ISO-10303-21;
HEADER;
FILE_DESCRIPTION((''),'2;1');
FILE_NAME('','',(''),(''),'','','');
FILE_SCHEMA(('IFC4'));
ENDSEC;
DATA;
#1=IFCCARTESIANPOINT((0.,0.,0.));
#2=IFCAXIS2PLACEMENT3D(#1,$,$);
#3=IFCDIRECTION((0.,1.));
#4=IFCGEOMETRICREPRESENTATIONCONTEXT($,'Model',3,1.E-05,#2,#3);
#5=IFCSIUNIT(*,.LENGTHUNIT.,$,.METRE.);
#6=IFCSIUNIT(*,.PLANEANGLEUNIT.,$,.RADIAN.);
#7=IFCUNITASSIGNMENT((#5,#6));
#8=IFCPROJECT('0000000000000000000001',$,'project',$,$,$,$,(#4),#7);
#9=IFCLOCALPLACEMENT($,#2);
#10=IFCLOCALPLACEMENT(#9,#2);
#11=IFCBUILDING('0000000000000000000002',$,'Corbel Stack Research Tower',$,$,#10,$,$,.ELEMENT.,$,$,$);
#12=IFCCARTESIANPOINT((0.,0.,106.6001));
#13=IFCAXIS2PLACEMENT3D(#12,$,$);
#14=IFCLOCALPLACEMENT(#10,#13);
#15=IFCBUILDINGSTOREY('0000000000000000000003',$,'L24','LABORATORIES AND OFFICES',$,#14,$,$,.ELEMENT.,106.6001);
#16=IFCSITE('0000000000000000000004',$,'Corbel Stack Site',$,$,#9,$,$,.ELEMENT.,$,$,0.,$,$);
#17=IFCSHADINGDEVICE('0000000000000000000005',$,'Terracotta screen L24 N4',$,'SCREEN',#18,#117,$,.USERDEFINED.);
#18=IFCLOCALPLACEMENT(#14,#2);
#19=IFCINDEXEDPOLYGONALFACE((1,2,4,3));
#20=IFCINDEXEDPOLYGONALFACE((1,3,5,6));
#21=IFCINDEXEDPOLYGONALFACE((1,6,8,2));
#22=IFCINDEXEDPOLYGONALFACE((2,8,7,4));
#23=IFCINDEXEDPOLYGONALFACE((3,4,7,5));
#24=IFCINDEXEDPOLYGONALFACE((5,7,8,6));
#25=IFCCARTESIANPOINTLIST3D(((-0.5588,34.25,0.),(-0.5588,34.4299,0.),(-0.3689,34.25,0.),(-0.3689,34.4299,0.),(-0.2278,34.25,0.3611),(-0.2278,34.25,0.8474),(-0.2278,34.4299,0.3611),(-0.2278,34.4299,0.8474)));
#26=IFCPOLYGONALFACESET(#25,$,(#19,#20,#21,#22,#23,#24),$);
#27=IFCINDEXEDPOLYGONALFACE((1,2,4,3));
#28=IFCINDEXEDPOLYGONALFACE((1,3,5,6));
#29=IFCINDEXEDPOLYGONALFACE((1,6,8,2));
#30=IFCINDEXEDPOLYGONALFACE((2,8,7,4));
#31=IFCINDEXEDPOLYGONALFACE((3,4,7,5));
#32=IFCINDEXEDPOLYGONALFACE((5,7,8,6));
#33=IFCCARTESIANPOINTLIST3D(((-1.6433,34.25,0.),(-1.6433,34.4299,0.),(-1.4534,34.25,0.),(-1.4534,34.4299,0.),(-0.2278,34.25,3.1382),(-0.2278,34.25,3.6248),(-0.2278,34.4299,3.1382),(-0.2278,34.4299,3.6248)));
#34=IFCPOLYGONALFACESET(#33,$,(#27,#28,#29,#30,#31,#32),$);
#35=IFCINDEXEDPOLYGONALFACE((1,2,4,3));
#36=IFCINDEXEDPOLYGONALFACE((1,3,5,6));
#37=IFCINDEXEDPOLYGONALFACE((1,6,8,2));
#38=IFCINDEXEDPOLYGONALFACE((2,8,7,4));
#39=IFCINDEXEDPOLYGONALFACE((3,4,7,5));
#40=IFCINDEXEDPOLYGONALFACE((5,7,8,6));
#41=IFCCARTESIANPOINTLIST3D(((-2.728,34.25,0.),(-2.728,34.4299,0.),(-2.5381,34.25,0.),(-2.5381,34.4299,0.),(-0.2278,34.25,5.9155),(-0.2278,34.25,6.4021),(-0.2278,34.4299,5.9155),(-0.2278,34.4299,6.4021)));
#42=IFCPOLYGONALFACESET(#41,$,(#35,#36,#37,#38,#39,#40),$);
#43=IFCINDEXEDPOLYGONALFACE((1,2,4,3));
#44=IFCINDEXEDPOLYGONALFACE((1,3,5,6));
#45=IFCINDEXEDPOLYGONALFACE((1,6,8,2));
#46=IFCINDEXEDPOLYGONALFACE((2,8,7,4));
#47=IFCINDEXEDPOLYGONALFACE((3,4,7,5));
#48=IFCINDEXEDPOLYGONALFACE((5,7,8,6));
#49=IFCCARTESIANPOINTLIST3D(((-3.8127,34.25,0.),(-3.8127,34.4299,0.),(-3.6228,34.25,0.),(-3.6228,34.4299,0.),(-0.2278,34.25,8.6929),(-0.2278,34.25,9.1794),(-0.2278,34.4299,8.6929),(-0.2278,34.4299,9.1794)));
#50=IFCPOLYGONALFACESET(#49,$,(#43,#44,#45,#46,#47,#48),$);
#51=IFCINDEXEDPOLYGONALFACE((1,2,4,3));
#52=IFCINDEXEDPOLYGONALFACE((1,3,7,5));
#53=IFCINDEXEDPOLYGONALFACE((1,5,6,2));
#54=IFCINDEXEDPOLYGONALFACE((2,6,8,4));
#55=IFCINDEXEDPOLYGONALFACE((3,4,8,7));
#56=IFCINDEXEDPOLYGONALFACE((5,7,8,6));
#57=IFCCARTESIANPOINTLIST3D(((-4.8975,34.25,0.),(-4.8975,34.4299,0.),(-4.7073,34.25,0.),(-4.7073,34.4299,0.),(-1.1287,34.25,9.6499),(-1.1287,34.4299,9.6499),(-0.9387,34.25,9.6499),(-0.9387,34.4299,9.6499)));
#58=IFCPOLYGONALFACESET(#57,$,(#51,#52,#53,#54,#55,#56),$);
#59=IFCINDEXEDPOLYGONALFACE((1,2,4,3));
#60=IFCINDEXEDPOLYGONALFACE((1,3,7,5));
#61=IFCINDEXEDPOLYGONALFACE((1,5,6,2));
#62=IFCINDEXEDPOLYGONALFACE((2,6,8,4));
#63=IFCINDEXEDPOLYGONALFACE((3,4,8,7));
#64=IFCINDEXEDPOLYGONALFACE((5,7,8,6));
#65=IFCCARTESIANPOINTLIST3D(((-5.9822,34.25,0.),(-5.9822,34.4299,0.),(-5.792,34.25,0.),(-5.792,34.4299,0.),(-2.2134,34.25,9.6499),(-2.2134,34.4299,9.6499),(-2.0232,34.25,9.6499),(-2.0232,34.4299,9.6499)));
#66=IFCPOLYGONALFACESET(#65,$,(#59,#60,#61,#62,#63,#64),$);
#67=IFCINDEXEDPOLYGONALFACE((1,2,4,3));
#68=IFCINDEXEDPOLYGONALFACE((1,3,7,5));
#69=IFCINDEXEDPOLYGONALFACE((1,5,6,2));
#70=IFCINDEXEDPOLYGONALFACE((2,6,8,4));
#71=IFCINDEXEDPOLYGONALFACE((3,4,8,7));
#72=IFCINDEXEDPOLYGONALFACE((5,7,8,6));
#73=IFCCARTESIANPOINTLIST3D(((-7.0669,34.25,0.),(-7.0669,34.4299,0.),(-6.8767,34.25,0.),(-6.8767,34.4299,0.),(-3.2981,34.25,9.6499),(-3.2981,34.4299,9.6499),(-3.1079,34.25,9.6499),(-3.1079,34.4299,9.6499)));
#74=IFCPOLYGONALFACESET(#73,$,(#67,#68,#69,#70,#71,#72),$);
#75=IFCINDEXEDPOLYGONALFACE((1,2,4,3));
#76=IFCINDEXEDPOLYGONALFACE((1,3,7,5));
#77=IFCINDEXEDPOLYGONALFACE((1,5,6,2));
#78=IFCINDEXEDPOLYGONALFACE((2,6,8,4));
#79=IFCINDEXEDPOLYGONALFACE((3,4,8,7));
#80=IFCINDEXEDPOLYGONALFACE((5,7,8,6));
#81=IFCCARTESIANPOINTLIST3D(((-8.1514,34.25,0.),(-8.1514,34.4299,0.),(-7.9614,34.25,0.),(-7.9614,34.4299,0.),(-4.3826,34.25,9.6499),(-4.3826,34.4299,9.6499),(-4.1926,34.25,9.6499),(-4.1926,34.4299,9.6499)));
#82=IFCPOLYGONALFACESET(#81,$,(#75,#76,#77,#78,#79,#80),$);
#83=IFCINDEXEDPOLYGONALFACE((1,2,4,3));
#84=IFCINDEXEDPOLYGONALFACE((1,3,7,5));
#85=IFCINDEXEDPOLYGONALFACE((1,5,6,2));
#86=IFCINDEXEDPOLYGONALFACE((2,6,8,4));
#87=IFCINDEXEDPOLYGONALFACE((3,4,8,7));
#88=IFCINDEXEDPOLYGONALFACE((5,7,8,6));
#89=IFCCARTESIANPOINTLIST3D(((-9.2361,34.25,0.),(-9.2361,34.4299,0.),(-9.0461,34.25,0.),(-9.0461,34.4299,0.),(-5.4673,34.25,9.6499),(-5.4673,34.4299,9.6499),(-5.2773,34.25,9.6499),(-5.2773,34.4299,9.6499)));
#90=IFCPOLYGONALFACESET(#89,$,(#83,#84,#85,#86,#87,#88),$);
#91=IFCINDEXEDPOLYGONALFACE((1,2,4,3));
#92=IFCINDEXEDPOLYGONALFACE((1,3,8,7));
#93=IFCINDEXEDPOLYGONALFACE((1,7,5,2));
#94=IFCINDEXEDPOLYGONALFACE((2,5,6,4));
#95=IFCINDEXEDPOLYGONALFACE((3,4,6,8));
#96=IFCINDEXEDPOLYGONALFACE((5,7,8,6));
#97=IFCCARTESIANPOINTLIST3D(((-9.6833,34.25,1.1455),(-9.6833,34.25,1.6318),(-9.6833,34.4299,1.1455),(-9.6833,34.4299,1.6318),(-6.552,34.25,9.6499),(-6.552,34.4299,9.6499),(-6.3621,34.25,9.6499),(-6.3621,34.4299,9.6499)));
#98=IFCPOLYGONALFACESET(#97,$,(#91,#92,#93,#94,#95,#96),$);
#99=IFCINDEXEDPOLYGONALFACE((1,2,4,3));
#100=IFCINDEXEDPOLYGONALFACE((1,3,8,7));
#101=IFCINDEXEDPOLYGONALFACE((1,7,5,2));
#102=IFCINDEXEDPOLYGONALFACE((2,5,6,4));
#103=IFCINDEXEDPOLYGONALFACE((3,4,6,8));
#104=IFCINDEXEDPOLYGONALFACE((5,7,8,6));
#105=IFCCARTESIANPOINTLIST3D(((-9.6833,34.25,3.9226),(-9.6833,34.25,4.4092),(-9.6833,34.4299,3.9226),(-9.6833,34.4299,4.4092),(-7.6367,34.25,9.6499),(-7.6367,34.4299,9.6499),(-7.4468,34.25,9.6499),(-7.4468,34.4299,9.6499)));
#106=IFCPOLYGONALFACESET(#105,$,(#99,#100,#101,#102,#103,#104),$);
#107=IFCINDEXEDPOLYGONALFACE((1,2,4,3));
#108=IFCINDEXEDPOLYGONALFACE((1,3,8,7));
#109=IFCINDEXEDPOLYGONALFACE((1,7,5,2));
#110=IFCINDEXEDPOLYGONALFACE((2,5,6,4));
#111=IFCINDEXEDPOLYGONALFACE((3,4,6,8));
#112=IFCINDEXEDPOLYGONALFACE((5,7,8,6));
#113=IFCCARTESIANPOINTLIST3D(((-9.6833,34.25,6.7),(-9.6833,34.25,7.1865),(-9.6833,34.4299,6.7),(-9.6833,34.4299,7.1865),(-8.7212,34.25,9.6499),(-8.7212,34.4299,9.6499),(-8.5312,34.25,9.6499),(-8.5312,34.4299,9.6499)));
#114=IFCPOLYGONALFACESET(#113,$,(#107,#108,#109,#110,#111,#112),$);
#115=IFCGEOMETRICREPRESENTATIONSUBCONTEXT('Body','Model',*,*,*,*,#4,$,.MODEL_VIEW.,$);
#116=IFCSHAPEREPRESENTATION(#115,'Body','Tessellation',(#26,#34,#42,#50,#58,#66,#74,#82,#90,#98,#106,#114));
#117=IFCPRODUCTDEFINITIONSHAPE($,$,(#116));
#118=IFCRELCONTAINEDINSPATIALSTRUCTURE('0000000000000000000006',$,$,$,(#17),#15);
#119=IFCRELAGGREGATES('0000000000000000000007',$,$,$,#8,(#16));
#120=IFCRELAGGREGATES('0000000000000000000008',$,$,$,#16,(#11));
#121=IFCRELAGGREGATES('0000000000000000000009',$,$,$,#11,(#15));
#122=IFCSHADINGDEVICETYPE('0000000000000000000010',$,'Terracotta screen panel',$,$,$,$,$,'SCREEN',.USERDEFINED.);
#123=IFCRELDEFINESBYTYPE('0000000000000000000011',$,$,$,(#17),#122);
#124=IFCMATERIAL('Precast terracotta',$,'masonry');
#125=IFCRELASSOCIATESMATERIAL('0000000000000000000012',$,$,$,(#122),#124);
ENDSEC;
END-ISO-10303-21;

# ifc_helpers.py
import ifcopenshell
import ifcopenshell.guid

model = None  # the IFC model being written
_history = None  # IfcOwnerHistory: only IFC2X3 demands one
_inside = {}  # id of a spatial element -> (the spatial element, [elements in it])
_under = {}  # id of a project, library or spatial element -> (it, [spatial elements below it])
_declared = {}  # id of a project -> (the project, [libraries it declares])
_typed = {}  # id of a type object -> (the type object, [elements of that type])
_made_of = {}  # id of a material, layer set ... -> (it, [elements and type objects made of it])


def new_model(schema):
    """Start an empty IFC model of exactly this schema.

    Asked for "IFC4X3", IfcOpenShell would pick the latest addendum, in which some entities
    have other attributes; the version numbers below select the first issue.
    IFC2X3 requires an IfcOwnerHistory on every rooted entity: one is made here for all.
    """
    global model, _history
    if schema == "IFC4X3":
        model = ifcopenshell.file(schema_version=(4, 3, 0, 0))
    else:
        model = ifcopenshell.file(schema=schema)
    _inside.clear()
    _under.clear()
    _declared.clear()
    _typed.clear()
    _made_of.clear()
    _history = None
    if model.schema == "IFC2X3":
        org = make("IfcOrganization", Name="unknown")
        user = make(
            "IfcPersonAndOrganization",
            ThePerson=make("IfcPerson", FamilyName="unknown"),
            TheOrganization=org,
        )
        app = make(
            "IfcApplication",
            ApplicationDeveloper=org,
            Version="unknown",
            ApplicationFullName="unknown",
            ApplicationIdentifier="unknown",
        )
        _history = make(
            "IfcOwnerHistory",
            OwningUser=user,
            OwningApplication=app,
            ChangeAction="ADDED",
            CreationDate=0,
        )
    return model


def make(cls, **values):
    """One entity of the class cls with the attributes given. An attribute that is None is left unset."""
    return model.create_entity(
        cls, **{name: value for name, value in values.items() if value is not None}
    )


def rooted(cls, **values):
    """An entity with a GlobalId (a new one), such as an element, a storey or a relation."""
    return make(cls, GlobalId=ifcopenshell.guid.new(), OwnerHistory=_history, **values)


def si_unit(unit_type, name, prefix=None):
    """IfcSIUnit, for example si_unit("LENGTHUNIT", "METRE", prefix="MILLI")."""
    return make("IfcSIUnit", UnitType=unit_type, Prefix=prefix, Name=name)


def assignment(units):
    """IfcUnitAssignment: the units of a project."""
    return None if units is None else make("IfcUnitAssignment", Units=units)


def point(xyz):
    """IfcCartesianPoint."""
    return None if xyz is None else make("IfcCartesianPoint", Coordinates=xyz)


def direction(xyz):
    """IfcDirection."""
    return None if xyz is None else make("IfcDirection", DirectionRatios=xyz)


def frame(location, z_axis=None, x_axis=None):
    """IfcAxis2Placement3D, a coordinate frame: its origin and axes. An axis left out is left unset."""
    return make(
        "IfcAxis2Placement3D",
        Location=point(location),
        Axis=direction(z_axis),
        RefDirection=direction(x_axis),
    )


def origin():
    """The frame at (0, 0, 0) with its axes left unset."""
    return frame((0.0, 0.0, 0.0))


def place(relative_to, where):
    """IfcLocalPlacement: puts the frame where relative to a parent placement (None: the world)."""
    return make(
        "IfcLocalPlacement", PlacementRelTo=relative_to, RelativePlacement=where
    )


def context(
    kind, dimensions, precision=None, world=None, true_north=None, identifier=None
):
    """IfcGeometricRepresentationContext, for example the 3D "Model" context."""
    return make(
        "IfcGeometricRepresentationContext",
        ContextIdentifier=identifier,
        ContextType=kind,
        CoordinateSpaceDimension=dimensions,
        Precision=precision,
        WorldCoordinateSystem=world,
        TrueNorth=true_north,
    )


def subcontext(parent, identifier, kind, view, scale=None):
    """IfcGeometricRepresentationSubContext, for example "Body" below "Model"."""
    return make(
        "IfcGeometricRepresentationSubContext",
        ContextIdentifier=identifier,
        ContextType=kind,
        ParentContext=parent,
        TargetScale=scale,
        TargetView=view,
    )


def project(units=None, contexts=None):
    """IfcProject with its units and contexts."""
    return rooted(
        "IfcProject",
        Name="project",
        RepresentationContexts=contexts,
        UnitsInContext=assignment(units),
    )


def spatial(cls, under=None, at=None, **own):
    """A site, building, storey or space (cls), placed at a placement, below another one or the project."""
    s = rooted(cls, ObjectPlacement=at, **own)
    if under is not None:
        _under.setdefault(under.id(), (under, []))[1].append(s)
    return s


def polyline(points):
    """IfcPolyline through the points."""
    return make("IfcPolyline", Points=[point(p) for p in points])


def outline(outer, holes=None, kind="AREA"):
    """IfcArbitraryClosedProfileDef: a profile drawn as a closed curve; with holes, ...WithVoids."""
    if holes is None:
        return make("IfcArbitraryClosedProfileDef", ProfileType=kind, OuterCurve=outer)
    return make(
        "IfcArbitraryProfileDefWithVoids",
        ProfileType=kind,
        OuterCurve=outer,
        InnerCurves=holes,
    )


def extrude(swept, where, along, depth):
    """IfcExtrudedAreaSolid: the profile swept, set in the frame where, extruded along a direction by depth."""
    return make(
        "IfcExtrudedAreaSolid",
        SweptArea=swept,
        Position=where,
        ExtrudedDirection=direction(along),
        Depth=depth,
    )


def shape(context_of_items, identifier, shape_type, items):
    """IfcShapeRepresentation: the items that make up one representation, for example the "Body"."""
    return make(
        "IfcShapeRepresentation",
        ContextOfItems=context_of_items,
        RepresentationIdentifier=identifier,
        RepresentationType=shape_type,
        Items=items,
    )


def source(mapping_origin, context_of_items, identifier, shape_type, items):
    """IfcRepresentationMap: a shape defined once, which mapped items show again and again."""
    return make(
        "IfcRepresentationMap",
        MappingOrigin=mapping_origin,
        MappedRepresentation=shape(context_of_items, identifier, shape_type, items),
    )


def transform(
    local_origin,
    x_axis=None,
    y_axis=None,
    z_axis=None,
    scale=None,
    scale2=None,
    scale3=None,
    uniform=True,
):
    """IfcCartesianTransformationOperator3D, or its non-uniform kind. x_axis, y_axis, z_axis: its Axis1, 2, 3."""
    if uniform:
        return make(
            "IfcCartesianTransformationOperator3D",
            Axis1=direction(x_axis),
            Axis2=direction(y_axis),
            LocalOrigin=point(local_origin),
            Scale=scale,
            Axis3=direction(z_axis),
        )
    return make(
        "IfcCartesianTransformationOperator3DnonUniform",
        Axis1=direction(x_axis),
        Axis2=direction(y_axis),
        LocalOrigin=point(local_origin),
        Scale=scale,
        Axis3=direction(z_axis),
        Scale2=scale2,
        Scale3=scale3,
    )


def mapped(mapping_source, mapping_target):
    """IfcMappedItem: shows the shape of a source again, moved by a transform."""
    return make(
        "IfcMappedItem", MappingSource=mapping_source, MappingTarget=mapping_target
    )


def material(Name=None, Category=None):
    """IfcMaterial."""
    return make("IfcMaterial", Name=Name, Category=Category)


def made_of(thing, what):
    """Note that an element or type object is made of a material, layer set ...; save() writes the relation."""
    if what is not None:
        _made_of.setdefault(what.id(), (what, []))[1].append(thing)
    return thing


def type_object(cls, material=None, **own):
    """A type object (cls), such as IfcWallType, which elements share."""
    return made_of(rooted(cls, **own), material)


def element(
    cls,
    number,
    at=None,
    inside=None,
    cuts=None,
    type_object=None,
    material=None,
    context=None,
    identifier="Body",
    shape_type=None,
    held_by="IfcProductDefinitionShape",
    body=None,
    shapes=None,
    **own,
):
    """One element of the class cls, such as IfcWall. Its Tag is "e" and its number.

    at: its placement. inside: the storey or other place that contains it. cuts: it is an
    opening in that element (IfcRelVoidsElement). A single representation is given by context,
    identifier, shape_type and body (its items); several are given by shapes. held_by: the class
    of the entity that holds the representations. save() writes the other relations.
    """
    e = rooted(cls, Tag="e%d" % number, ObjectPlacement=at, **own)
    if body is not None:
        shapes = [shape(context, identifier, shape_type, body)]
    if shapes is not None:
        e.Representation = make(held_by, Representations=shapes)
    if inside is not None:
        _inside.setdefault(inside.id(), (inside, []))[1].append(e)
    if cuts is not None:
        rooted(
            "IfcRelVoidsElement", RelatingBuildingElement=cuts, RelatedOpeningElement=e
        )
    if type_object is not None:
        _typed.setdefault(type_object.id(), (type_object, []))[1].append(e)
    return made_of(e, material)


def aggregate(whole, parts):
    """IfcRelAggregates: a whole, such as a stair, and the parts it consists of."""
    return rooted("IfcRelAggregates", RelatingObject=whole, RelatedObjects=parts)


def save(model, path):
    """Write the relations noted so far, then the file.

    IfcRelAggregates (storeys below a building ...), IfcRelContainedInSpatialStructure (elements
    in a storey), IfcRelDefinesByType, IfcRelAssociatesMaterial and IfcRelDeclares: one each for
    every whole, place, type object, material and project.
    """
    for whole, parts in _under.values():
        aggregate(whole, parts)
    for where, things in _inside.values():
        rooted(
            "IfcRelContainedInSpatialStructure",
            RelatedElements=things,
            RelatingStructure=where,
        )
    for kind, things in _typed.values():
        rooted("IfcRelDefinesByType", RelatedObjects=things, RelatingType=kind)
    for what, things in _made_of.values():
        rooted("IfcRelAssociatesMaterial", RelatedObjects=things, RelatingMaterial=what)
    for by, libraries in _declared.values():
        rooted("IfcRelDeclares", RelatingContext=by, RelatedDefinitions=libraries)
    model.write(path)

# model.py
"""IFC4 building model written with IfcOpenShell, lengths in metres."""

from ifc_helpers import new_model, si_unit, direction, frame, origin, place, context, subcontext, project, spatial, polyline, outline, extrude, source, transform, mapped, material, type_object, element, save


model = new_model("IFC4")

# Units and contexts
model_context = context("Model", 3, precision=1e-05, world=origin(), true_north=direction((0.0, 1.0)))
body_context = subcontext(model_context, "Body", "Model", "MODEL_VIEW")
ifc_project = project(units=[si_unit("LENGTHUNIT", "METRE"), si_unit("PLANEANGLEUNIT", "RADIAN")], contexts=[model_context])

# Site, building, storey
site_placement = place(None, origin())
site = spatial("IfcSite", under=ifc_project, at=site_placement, Name="Corbel Stack Site", CompositionType="ELEMENT", RefElevation=0.0)
building_placement = place(site_placement, origin())
building = spatial("IfcBuilding", under=site, at=building_placement, Name="Corbel Stack Research Tower", CompositionType="ELEMENT")
storey_placement = place(building_placement, frame((0.0, 0.0, 106.6001)))
storey = spatial("IfcBuildingStorey", under=building, at=storey_placement, Name="L24", Description="LABORATORIES AND OFFICES", CompositionType="ELEMENT", Elevation=106.6001)

# Shading device
ifc_material_1 = material(Name="Precast terracotta", Category="masonry")
shading_device_type = type_object("IfcShadingDeviceType", Name="Terracotta screen panel", ElementType="SCREEN", PredefinedType="USERDEFINED", material=ifc_material_1)
shared_shape_1 = source(origin(), body_context, "Body", "SweptSolid", [
    extrude(outline(polyline([(0.3311, 0.0), (0.0, 0.8474), (0.0, 0.3611), (0.1411, 0.0), (0.3311, 0.0)])), frame((0.0, 0.0, 0.0), z_axis=(0.0, -1.0, 0.0), x_axis=(1.0, 0.0, 0.0)), (0.0, 0.0, 1.0), 0.1799),
    extrude(outline(polyline([(1.4155, 0.0), (0.0, 3.6248), (0.0, 3.1382), (1.2256, 0.0), (1.4155, 0.0)])), frame((0.0, 0.0, 0.0), z_axis=(0.0, -1.0, 0.0), x_axis=(1.0, 0.0, 0.0)), (0.0, 0.0, 1.0), 0.1799),
    extrude(outline(polyline([(2.5002, 0.0), (0.0, 6.4021), (0.0, 5.9155), (2.3103, 0.0), (2.5002, 0.0)])), frame((0.0, 0.0, 0.0), z_axis=(0.0, -1.0, 0.0), x_axis=(1.0, 0.0, 0.0)), (0.0, 0.0, 1.0), 0.1799),
    extrude(outline(polyline([(3.585, 0.0), (0.0, 9.1794), (0.0, 8.6929), (3.395, 0.0), (3.585, 0.0)])), frame((0.0, 0.0, 0.0), z_axis=(0.0, -1.0, 0.0), x_axis=(1.0, 0.0, 0.0)), (0.0, 0.0, 1.0), 0.1799),
    extrude(outline(polyline([(4.6697, 0.0), (0.9009, 9.6499), (0.7109, 9.6499), (4.4795, 0.0), (4.6697, 0.0)])), frame((0.0, 0.0, 0.0), z_axis=(0.0, -1.0, 0.0), x_axis=(1.0, 0.0, 0.0)), (0.0, 0.0, 1.0), 0.1799),
    extrude(outline(polyline([(5.7544, 0.0), (1.9856, 9.6499), (1.7954, 9.6499), (5.5642, 0.0), (5.7544, 0.0)])), frame((0.0, 0.0, 0.0), z_axis=(0.0, -1.0, 0.0), x_axis=(1.0, 0.0, 0.0)), (0.0, 0.0, 1.0), 0.1799),
    extrude(outline(polyline([(6.8391, 0.0), (3.0703, 9.6499), (2.8801, 9.6499), (6.6489, 0.0), (6.8391, 0.0)])), frame((0.0, 0.0, 0.0), z_axis=(0.0, -1.0, 0.0), x_axis=(1.0, 0.0, 0.0)), (0.0, 0.0, 1.0), 0.1799),
    extrude(outline(polyline([(7.9236, 0.0), (4.1548, 9.6499), (3.9648, 9.6499), (7.7336, 0.0), (7.9236, 0.0)])), frame((0.0, 0.0, 0.0), z_axis=(0.0, -1.0, 0.0), x_axis=(1.0, 0.0, 0.0)), (0.0, 0.0, 1.0), 0.1799),
    extrude(outline(polyline([(9.0083, 0.0), (5.2395, 9.6499), (5.0496, 9.6499), (8.8184, 0.0), (9.0083, 0.0)])), frame((0.0, 0.0, 0.0), z_axis=(0.0, -1.0, 0.0), x_axis=(1.0, 0.0, 0.0)), (0.0, 0.0, 1.0), 0.1799),
    extrude(outline(polyline([(6.3242, 9.6499), (6.1343, 9.6499), (9.4556, 1.1455), (9.4556, 1.6318), (6.3242, 9.6499)])), frame((0.0, 0.0, 0.0), z_axis=(0.0, -1.0, 0.0), x_axis=(1.0, 0.0, 0.0)), (0.0, 0.0, 1.0), 0.1799),
    extrude(outline(polyline([(7.4089, 9.6499), (7.219, 9.6499), (9.4556, 3.9226), (9.4556, 4.4092), (7.4089, 9.6499)])), frame((0.0, 0.0, 0.0), z_axis=(0.0, -1.0, 0.0), x_axis=(1.0, 0.0, 0.0)), (0.0, 0.0, 1.0), 0.1799),
    extrude(outline(polyline([(8.4934, 9.6499), (8.3035, 9.6499), (9.4556, 6.7), (9.4556, 7.1865), (8.4934, 9.6499)])), frame((0.0, 0.0, 0.0), z_axis=(0.0, -1.0, 0.0), x_axis=(1.0, 0.0, 0.0)), (0.0, 0.0, 1.0), 0.1799),
])
shading_device_1_placement = place(storey_placement, frame((-0.2278, 34.25, 0.0), z_axis=(0.0, 0.0, 1.0), x_axis=(-1.0, 0.0, 0.0)))
element("IfcShadingDevice", 1, at=shading_device_1_placement, inside=storey, type_object=shading_device_type, Name="Terracotta screen L24 N4", ObjectType="SCREEN", PredefinedType="USERDEFINED", context=body_context, shape_type="MappedRepresentation", body=[
    mapped(shared_shape_1, transform((0.0, 0.0, 0.0))),
])

save(model, "model.ifc")
